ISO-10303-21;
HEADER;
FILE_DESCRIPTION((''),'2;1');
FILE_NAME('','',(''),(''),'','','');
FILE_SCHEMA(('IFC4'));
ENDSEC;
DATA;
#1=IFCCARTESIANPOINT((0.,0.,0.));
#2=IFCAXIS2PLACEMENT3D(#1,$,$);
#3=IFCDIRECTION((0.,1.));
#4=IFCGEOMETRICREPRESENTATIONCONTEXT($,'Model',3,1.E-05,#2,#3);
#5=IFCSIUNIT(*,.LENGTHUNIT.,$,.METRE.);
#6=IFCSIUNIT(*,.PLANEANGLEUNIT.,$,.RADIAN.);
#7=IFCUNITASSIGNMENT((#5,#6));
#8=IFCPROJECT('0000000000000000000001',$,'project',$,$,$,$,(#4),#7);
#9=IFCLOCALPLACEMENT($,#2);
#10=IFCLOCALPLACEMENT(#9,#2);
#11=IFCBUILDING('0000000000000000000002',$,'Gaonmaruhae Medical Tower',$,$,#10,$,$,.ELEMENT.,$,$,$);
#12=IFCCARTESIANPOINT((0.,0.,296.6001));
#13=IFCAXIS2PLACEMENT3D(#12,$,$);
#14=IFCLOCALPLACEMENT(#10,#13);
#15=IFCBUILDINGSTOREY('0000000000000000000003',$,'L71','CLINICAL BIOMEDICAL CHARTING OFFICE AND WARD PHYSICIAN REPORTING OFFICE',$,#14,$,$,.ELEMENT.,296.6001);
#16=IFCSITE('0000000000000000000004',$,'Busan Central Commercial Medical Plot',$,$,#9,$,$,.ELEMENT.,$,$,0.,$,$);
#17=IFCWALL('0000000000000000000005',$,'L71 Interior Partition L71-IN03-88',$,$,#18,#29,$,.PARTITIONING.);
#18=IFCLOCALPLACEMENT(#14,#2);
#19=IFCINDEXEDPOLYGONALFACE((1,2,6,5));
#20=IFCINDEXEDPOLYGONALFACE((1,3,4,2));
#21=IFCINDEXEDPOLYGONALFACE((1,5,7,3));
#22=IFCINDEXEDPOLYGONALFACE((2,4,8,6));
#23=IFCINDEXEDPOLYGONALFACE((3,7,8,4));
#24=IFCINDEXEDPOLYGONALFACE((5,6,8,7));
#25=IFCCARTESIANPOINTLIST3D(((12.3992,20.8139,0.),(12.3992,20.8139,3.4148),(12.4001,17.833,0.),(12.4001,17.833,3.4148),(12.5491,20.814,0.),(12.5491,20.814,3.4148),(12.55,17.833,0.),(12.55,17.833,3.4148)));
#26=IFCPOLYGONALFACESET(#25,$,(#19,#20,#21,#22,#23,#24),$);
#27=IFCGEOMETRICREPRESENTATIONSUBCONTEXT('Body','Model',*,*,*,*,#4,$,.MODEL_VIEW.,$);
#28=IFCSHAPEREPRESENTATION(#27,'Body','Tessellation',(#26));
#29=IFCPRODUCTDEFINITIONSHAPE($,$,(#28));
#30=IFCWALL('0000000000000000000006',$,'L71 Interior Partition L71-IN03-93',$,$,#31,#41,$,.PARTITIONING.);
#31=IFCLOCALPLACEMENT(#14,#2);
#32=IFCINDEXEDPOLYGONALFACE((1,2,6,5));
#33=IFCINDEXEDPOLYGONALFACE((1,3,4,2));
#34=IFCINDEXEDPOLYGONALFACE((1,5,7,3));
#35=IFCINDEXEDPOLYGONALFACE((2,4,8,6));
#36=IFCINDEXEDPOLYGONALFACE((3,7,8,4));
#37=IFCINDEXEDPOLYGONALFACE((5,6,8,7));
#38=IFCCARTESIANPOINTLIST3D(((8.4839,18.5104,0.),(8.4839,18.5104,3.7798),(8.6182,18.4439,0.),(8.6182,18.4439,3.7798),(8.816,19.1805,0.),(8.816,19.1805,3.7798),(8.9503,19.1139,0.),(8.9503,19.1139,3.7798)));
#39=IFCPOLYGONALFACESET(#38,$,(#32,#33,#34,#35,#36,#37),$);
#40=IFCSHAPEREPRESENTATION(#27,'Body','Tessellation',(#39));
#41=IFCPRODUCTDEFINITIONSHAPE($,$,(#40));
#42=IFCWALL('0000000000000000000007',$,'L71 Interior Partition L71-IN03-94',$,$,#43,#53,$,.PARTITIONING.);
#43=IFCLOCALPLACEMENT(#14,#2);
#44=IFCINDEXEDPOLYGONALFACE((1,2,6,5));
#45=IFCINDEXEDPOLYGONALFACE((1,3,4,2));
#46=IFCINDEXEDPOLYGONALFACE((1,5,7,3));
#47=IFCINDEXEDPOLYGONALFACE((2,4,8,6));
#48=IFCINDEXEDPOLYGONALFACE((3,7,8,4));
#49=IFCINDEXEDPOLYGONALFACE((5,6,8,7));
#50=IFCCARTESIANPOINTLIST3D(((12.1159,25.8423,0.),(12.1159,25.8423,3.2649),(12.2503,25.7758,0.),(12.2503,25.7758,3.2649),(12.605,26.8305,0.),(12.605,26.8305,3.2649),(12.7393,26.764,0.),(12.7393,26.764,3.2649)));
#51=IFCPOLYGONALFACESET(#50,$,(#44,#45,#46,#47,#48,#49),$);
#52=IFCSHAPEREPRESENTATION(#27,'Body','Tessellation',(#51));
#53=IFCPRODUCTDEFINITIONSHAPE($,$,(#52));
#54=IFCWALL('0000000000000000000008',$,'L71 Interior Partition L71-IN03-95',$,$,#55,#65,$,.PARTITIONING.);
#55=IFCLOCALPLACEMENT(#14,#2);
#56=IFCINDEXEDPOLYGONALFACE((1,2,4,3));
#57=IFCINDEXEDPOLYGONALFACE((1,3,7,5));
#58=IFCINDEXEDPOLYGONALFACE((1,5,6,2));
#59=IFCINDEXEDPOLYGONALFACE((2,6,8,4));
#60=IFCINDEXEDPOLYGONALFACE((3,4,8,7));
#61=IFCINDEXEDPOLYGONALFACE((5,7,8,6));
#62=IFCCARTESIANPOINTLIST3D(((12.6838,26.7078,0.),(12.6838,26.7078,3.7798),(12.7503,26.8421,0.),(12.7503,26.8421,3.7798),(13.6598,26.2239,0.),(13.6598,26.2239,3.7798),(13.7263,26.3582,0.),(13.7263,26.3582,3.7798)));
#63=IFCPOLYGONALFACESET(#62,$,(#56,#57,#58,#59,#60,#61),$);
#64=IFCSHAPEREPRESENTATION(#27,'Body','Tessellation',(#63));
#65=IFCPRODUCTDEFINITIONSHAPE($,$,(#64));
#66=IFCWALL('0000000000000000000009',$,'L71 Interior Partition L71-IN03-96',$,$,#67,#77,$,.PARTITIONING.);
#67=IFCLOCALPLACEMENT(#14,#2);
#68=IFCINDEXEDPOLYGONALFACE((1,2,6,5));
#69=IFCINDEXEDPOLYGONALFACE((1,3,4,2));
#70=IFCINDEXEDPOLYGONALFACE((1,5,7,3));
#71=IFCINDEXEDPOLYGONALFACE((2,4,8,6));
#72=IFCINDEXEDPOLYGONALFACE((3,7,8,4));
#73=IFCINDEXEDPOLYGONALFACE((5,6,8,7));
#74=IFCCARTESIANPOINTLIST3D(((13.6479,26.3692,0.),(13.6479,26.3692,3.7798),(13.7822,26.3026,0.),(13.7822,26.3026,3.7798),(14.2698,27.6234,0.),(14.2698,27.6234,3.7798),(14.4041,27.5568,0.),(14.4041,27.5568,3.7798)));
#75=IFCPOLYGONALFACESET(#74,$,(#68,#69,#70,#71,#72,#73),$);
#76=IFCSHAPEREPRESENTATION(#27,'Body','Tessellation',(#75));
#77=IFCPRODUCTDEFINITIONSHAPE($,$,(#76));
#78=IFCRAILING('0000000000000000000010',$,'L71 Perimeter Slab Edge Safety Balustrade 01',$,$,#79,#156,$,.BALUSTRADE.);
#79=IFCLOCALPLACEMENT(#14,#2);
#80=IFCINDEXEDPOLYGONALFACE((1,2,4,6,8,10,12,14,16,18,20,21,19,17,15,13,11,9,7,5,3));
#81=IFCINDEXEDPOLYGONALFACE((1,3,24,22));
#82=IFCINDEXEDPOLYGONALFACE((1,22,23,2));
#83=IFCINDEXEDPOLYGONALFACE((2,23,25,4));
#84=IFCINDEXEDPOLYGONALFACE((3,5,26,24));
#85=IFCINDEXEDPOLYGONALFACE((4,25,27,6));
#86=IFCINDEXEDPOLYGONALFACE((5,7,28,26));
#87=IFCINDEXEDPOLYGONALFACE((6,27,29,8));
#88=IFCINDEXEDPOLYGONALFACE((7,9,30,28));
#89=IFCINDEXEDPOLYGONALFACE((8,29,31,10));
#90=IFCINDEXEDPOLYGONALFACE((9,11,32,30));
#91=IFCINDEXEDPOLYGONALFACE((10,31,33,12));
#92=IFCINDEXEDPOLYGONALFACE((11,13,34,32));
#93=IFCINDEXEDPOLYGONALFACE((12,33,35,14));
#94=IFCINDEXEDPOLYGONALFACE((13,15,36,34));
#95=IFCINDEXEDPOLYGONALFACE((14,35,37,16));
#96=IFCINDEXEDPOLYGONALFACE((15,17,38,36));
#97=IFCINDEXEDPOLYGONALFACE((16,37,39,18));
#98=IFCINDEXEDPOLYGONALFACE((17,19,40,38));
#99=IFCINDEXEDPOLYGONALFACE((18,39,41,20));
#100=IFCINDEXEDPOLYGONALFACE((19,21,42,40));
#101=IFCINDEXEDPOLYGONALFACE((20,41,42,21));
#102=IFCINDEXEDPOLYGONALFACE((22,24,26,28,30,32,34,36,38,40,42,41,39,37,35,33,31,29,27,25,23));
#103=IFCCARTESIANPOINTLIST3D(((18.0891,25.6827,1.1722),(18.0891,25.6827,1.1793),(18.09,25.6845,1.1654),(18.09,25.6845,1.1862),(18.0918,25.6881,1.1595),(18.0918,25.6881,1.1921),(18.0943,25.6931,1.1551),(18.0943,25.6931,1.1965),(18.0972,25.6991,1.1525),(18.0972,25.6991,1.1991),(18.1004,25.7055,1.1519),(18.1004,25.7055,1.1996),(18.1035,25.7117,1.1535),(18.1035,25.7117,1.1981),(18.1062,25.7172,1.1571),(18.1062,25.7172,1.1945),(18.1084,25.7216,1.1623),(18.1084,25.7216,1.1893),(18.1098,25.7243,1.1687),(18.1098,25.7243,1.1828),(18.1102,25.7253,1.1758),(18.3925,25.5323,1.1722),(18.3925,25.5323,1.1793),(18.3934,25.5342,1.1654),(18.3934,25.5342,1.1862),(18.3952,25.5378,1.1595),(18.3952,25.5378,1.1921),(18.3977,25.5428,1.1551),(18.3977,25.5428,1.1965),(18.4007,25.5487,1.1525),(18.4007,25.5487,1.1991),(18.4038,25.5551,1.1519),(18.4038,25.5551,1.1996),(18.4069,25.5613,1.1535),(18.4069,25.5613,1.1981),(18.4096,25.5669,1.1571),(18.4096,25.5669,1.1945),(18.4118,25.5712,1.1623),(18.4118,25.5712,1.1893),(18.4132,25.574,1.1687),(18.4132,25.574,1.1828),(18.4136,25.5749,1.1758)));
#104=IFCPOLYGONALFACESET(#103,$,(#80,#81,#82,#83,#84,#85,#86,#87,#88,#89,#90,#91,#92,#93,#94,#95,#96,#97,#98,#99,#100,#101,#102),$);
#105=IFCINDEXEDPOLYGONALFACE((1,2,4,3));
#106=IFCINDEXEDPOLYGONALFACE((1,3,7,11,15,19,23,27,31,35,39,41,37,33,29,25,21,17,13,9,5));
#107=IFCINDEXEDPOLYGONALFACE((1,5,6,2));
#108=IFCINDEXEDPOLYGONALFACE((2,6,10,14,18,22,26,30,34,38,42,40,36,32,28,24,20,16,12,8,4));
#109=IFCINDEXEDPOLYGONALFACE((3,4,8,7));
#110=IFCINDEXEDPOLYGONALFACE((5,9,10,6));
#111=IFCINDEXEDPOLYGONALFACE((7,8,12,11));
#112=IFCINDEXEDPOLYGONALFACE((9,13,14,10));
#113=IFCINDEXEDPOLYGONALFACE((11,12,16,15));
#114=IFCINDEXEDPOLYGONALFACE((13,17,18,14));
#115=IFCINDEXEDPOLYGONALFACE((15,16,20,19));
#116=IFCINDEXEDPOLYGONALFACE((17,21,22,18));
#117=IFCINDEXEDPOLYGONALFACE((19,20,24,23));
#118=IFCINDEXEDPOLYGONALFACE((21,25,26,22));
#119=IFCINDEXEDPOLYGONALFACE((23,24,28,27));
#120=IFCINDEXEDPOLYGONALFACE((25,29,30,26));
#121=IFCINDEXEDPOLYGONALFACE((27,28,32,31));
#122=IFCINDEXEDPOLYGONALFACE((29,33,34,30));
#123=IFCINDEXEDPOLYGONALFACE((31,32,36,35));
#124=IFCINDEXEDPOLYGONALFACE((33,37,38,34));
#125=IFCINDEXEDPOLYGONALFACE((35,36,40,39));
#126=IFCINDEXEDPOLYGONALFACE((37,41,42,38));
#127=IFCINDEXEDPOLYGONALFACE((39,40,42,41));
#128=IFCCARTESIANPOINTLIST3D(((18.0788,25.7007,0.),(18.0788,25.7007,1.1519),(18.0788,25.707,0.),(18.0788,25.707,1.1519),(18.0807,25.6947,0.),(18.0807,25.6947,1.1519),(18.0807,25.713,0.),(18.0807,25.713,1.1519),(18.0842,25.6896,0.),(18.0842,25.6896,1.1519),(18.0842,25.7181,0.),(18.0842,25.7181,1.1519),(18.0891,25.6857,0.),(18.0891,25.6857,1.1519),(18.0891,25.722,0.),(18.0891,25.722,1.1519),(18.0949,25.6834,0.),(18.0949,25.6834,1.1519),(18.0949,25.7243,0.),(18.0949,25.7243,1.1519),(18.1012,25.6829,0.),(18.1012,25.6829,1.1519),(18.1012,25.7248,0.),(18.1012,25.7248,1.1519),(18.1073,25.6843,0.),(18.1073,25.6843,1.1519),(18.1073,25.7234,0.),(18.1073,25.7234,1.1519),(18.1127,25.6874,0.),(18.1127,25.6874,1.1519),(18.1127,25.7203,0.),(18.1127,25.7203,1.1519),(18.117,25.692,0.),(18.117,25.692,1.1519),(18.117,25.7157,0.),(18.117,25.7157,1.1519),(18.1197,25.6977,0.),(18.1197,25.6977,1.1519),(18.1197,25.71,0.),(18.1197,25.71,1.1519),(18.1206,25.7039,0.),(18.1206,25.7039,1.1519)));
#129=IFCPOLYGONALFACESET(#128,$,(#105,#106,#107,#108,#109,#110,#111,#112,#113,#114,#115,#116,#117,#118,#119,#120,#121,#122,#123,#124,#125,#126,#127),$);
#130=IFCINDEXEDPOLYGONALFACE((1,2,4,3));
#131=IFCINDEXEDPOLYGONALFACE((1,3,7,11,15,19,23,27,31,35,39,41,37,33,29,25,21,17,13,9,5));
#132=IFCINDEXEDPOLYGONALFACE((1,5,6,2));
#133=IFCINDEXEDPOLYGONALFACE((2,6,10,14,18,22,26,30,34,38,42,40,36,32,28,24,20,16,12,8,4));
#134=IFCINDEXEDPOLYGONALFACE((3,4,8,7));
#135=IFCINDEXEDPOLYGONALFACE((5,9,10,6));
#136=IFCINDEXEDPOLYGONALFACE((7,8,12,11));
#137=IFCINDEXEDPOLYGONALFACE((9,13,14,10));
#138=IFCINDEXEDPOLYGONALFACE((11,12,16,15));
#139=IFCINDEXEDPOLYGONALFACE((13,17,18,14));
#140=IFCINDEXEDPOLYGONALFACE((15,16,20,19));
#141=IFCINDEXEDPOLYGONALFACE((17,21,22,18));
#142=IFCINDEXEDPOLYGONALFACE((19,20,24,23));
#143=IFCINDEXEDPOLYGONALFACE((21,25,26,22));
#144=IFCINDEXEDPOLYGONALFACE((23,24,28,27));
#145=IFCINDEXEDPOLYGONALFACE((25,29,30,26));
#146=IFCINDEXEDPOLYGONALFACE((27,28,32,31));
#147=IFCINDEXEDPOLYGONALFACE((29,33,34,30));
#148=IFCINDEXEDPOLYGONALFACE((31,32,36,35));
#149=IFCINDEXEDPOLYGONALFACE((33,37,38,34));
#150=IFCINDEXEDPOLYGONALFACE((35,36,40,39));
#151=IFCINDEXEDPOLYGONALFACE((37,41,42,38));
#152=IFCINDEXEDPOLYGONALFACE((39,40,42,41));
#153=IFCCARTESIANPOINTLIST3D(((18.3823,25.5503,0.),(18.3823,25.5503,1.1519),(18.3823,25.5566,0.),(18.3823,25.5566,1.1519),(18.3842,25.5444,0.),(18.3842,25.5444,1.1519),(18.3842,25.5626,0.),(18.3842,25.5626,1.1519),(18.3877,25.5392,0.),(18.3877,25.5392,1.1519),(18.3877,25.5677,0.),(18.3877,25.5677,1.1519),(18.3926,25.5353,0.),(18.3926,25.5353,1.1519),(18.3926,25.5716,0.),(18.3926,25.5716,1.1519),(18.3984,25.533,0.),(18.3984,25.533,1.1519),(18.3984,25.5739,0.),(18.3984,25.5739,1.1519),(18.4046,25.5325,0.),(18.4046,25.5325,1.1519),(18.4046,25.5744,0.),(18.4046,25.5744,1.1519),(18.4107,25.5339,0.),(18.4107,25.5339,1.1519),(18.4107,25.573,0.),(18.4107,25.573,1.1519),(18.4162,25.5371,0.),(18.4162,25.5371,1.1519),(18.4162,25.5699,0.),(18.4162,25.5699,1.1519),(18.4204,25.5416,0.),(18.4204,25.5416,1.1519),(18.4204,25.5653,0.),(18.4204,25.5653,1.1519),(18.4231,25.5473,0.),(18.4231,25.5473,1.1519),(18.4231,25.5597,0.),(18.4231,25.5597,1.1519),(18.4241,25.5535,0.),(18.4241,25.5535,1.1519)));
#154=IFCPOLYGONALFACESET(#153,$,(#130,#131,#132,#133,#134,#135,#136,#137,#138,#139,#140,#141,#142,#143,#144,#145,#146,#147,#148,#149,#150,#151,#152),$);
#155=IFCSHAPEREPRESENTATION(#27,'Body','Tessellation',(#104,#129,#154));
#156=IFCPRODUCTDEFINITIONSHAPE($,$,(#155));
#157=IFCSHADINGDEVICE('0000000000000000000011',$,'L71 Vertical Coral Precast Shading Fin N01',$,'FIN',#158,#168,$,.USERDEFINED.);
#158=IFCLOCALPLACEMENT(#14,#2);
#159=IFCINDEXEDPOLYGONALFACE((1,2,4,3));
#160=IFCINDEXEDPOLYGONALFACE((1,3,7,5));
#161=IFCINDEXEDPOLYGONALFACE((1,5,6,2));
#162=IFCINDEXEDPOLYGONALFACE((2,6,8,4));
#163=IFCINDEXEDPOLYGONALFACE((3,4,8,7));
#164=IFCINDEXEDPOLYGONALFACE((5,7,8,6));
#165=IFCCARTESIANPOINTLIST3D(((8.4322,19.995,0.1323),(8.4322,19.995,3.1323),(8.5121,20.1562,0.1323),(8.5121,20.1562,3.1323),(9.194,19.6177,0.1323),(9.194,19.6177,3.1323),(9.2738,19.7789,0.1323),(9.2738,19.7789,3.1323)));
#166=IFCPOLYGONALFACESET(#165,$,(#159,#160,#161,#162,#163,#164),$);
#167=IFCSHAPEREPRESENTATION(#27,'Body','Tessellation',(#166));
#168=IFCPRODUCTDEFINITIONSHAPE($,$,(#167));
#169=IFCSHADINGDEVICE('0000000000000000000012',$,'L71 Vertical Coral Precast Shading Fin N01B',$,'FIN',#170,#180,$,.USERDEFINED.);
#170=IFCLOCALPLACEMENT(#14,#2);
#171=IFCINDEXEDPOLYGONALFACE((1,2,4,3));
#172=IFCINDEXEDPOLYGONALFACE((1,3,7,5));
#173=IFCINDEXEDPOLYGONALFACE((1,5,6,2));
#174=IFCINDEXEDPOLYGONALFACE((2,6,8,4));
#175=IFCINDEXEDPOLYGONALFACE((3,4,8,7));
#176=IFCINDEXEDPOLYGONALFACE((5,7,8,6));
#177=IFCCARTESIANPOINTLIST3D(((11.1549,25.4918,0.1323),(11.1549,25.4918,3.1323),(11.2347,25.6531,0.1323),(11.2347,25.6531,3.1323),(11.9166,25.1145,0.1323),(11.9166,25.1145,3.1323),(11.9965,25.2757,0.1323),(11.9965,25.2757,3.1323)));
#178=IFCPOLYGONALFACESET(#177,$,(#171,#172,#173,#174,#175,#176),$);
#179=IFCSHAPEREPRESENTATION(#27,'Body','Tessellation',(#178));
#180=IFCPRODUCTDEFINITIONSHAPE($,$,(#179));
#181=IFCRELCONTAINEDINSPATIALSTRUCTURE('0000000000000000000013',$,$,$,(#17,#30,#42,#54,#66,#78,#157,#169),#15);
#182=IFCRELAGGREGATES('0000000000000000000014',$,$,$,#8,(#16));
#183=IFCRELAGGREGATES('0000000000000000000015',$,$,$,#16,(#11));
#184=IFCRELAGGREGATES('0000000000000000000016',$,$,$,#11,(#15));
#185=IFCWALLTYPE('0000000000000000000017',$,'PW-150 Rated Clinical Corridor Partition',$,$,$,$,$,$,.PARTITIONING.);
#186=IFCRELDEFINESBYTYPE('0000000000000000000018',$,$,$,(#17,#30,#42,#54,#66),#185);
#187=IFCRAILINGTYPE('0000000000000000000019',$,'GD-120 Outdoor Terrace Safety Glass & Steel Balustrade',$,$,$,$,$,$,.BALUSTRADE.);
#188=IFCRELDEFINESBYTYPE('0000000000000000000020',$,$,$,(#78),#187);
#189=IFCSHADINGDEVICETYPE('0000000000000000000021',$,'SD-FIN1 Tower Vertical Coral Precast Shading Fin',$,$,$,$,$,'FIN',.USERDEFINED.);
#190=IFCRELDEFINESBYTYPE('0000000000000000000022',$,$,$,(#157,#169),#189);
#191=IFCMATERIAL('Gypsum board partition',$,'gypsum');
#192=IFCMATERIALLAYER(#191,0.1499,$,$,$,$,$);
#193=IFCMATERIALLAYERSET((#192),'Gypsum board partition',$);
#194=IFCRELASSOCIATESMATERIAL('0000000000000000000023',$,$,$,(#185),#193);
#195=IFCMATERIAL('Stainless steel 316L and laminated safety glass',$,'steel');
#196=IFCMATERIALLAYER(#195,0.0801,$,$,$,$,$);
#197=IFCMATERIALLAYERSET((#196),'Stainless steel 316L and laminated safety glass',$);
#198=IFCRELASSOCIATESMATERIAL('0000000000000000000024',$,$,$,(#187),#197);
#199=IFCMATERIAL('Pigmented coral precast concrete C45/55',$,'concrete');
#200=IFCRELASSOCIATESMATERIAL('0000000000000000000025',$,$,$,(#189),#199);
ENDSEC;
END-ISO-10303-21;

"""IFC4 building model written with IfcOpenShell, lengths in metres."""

from ifc_helpers import new_model, si_unit, direction, frame, frame_2d, origin, origin_2d, place, context, subcontext, project, spatial, rectangle, circle, extrude, material, layer, layer_set, type_object, element, save


model = new_model("IFC4")

# Units and contexts
model_context = context("Model", 3, precision=1e-05, world=origin(), true_north=direction((0.0, 1.0)))
body_context = subcontext(model_context, "Body", "Model", "MODEL_VIEW")
ifc_project = project(units=[si_unit("LENGTHUNIT", "METRE"), si_unit("PLANEANGLEUNIT", "RADIAN")], contexts=[model_context])

# Site, building, storey
site_placement = place(None, origin())
site = spatial("IfcSite", under=ifc_project, at=site_placement, Name="Busan Central Commercial Medical Plot", CompositionType="ELEMENT", RefElevation=0.0)
building_placement = place(site_placement, origin())
building = spatial("IfcBuilding", under=site, at=building_placement, Name="Gaonmaruhae Medical Tower", CompositionType="ELEMENT")
storey_placement = place(building_placement, frame((0.0, 0.0, 296.6001)))
storey = spatial("IfcBuildingStorey", under=building, at=storey_placement, Name="L71", Description="CLINICAL BIOMEDICAL CHARTING OFFICE AND WARD PHYSICIAN REPORTING OFFICE", CompositionType="ELEMENT", Elevation=296.6001)

# Shared definitions
ifc_material_1 = material(Name="Gypsum board partition", Category="gypsum")
ifc_layer_1 = layer(ifc_material_1, 0.1499)
ifc_layer_set_1 = layer_set([ifc_layer_1], Name="Gypsum board partition")
wall_type_1 = type_object("IfcWallType", Name="PW-150 Rated Clinical Corridor Partition", PredefinedType="PARTITIONING", material=ifc_layer_set_1)

# Walls
wall_1_placement = place(storey_placement, frame((12.4741, 20.814, 0.0), z_axis=(0.0, 0.0, 1.0), x_axis=(0.000328, -1.0, 0.0)))
element("IfcWall", 1, at=wall_1_placement, inside=storey, type_object=wall_type_1, Name="L71 Interior Partition L71-IN03-88", PredefinedType="PARTITIONING", context=body_context, shape_type="SweptSolid", body=[
    extrude(rectangle(XDim=2.981, YDim=0.1499, at=frame_2d((1.4905, 0.0))), origin(), (0.0, 0.0, 1.0), 3.4148),
])
wall_2_placement = place(storey_placement, frame((8.551, 18.4771, 0.0), z_axis=(0.0, 0.0, 1.0), x_axis=(0.444076, 0.895989, 0.0)))
element("IfcWall", 2, at=wall_2_placement, inside=storey, type_object=wall_type_1, Name="L71 Interior Partition L71-IN03-93", PredefinedType="PARTITIONING", context=body_context, shape_type="SweptSolid", body=[
    extrude(rectangle(XDim=0.7478, YDim=0.1499, at=frame_2d((0.374, 0.0))), origin(), (0.0, 0.0, 1.0), 3.7798),
])
wall_3_placement = place(storey_placement, frame((12.1831, 25.8091, 0.0), z_axis=(0.0, 0.0, 1.0), x_axis=(0.443578, 0.896236, 0.0)))
element("IfcWall", 3, at=wall_3_placement, inside=storey, type_object=wall_type_1, Name="L71 Interior Partition L71-IN03-94", PredefinedType="PARTITIONING", context=body_context, shape_type="SweptSolid", body=[
    extrude(rectangle(XDim=1.1025, YDim=0.1499, at=frame_2d((0.5513, 0.0))), origin(), (0.0, 0.0, 1.0), 3.2649),
])
wall_4_placement = place(storey_placement, frame((12.717, 26.7749, 0.0), z_axis=(0.0, 0.0, 1.0), x_axis=(0.895946, -0.444163, 0.0)))
element("IfcWall", 4, at=wall_4_placement, inside=storey, type_object=wall_type_1, Name="L71 Interior Partition L71-IN03-95", PredefinedType="PARTITIONING", context=body_context, shape_type="SweptSolid", body=[
    extrude(rectangle(XDim=1.0894, YDim=0.1499, at=frame_2d((0.5447, 0.0))), origin(), (0.0, 0.0, 1.0), 3.7798),
])
wall_5_placement = place(storey_placement, frame((13.7151, 26.3359, 0.0), z_axis=(0.0, 0.0, 1.0), x_axis=(0.444211, 0.895922, 0.0)))
element("IfcWall", 5, at=wall_5_placement, inside=storey, type_object=wall_type_1, Name="L71 Interior Partition L71-IN03-96", PredefinedType="PARTITIONING", context=body_context, shape_type="SweptSolid", body=[
    extrude(rectangle(XDim=1.3999, YDim=0.1499, at=frame_2d((0.7, 0.0))), origin(), (0.0, 0.0, 1.0), 3.7798),
])

# Railing
ifc_material_2 = material(Name="Stainless steel 316L and laminated safety glass", Category="steel")
ifc_layer_2 = layer(ifc_material_2, 0.0801)
ifc_layer_set_2 = layer_set([ifc_layer_2], Name="Stainless steel 316L and laminated safety glass")
railing_type = type_object("IfcRailingType", Name="GD-120 Outdoor Terrace Safety Glass & Steel Balustrade", PredefinedType="BALUSTRADE", material=ifc_layer_set_2)
railing_placement = place(storey_placement, frame((18.0996, 25.7039, 0.0)))
element("IfcRailing", 6, at=railing_placement, inside=storey, type_object=railing_type, Name="L71 Perimeter Slab Edge Safety Balustrade 01", PredefinedType="BALUSTRADE", context=body_context, shape_type="SweptSolid", body=[
    extrude(circle(Radius=0.0239, at=origin_2d()), frame((0.0, 0.0, 1.1758), z_axis=(0.896007, -0.444039, 0.0), x_axis=(0.444039, 0.896007, 0.0)), (0.0, 0.0, 1.0), 0.3386),
    extrude(circle(Radius=0.021, at=origin_2d()), origin(), (0.0, 0.0, 1.0), 1.1519),
    extrude(circle(Radius=0.021, at=origin_2d()), frame((0.3035, -0.1504, 0.0)), (0.0, 0.0, 1.0), 1.1519),
])

# Shading devices
ifc_material_3 = material(Name="Pigmented coral precast concrete C45/55", Category="concrete")
shading_device_type = type_object("IfcShadingDeviceType", Name="SD-FIN1 Tower Vertical Coral Precast Shading Fin", ElementType="FIN", PredefinedType="USERDEFINED", material=ifc_material_3)
for number, where, z_axis, x_axis, name in (
    (7, (8.853, 19.887, 0.1323), (0.0, 0.0, 1.0), (0.443853, 0.896099, 0.0), "L71 Vertical Coral Precast Shading Fin N01"),
    (8, (11.5757, 25.3838, 0.1323), (0.0, 0.0, 1.0), (0.443853, 0.896099, 0.0), "L71 Vertical Coral Precast Shading Fin N01B"),
):
    element("IfcShadingDevice", number, at=place(storey_placement, frame(where, z_axis=z_axis, x_axis=x_axis)), inside=storey, type_object=shading_device_type, Name=name, ObjectType="FIN", PredefinedType="USERDEFINED", context=body_context, shape_type="SweptSolid", body=[
        extrude(rectangle(XDim=0.1799, YDim=0.8501, at=origin_2d()), origin(), (0.0, 0.0, 1.0), 3.0),
    ])

save(model, "model.ifc")
